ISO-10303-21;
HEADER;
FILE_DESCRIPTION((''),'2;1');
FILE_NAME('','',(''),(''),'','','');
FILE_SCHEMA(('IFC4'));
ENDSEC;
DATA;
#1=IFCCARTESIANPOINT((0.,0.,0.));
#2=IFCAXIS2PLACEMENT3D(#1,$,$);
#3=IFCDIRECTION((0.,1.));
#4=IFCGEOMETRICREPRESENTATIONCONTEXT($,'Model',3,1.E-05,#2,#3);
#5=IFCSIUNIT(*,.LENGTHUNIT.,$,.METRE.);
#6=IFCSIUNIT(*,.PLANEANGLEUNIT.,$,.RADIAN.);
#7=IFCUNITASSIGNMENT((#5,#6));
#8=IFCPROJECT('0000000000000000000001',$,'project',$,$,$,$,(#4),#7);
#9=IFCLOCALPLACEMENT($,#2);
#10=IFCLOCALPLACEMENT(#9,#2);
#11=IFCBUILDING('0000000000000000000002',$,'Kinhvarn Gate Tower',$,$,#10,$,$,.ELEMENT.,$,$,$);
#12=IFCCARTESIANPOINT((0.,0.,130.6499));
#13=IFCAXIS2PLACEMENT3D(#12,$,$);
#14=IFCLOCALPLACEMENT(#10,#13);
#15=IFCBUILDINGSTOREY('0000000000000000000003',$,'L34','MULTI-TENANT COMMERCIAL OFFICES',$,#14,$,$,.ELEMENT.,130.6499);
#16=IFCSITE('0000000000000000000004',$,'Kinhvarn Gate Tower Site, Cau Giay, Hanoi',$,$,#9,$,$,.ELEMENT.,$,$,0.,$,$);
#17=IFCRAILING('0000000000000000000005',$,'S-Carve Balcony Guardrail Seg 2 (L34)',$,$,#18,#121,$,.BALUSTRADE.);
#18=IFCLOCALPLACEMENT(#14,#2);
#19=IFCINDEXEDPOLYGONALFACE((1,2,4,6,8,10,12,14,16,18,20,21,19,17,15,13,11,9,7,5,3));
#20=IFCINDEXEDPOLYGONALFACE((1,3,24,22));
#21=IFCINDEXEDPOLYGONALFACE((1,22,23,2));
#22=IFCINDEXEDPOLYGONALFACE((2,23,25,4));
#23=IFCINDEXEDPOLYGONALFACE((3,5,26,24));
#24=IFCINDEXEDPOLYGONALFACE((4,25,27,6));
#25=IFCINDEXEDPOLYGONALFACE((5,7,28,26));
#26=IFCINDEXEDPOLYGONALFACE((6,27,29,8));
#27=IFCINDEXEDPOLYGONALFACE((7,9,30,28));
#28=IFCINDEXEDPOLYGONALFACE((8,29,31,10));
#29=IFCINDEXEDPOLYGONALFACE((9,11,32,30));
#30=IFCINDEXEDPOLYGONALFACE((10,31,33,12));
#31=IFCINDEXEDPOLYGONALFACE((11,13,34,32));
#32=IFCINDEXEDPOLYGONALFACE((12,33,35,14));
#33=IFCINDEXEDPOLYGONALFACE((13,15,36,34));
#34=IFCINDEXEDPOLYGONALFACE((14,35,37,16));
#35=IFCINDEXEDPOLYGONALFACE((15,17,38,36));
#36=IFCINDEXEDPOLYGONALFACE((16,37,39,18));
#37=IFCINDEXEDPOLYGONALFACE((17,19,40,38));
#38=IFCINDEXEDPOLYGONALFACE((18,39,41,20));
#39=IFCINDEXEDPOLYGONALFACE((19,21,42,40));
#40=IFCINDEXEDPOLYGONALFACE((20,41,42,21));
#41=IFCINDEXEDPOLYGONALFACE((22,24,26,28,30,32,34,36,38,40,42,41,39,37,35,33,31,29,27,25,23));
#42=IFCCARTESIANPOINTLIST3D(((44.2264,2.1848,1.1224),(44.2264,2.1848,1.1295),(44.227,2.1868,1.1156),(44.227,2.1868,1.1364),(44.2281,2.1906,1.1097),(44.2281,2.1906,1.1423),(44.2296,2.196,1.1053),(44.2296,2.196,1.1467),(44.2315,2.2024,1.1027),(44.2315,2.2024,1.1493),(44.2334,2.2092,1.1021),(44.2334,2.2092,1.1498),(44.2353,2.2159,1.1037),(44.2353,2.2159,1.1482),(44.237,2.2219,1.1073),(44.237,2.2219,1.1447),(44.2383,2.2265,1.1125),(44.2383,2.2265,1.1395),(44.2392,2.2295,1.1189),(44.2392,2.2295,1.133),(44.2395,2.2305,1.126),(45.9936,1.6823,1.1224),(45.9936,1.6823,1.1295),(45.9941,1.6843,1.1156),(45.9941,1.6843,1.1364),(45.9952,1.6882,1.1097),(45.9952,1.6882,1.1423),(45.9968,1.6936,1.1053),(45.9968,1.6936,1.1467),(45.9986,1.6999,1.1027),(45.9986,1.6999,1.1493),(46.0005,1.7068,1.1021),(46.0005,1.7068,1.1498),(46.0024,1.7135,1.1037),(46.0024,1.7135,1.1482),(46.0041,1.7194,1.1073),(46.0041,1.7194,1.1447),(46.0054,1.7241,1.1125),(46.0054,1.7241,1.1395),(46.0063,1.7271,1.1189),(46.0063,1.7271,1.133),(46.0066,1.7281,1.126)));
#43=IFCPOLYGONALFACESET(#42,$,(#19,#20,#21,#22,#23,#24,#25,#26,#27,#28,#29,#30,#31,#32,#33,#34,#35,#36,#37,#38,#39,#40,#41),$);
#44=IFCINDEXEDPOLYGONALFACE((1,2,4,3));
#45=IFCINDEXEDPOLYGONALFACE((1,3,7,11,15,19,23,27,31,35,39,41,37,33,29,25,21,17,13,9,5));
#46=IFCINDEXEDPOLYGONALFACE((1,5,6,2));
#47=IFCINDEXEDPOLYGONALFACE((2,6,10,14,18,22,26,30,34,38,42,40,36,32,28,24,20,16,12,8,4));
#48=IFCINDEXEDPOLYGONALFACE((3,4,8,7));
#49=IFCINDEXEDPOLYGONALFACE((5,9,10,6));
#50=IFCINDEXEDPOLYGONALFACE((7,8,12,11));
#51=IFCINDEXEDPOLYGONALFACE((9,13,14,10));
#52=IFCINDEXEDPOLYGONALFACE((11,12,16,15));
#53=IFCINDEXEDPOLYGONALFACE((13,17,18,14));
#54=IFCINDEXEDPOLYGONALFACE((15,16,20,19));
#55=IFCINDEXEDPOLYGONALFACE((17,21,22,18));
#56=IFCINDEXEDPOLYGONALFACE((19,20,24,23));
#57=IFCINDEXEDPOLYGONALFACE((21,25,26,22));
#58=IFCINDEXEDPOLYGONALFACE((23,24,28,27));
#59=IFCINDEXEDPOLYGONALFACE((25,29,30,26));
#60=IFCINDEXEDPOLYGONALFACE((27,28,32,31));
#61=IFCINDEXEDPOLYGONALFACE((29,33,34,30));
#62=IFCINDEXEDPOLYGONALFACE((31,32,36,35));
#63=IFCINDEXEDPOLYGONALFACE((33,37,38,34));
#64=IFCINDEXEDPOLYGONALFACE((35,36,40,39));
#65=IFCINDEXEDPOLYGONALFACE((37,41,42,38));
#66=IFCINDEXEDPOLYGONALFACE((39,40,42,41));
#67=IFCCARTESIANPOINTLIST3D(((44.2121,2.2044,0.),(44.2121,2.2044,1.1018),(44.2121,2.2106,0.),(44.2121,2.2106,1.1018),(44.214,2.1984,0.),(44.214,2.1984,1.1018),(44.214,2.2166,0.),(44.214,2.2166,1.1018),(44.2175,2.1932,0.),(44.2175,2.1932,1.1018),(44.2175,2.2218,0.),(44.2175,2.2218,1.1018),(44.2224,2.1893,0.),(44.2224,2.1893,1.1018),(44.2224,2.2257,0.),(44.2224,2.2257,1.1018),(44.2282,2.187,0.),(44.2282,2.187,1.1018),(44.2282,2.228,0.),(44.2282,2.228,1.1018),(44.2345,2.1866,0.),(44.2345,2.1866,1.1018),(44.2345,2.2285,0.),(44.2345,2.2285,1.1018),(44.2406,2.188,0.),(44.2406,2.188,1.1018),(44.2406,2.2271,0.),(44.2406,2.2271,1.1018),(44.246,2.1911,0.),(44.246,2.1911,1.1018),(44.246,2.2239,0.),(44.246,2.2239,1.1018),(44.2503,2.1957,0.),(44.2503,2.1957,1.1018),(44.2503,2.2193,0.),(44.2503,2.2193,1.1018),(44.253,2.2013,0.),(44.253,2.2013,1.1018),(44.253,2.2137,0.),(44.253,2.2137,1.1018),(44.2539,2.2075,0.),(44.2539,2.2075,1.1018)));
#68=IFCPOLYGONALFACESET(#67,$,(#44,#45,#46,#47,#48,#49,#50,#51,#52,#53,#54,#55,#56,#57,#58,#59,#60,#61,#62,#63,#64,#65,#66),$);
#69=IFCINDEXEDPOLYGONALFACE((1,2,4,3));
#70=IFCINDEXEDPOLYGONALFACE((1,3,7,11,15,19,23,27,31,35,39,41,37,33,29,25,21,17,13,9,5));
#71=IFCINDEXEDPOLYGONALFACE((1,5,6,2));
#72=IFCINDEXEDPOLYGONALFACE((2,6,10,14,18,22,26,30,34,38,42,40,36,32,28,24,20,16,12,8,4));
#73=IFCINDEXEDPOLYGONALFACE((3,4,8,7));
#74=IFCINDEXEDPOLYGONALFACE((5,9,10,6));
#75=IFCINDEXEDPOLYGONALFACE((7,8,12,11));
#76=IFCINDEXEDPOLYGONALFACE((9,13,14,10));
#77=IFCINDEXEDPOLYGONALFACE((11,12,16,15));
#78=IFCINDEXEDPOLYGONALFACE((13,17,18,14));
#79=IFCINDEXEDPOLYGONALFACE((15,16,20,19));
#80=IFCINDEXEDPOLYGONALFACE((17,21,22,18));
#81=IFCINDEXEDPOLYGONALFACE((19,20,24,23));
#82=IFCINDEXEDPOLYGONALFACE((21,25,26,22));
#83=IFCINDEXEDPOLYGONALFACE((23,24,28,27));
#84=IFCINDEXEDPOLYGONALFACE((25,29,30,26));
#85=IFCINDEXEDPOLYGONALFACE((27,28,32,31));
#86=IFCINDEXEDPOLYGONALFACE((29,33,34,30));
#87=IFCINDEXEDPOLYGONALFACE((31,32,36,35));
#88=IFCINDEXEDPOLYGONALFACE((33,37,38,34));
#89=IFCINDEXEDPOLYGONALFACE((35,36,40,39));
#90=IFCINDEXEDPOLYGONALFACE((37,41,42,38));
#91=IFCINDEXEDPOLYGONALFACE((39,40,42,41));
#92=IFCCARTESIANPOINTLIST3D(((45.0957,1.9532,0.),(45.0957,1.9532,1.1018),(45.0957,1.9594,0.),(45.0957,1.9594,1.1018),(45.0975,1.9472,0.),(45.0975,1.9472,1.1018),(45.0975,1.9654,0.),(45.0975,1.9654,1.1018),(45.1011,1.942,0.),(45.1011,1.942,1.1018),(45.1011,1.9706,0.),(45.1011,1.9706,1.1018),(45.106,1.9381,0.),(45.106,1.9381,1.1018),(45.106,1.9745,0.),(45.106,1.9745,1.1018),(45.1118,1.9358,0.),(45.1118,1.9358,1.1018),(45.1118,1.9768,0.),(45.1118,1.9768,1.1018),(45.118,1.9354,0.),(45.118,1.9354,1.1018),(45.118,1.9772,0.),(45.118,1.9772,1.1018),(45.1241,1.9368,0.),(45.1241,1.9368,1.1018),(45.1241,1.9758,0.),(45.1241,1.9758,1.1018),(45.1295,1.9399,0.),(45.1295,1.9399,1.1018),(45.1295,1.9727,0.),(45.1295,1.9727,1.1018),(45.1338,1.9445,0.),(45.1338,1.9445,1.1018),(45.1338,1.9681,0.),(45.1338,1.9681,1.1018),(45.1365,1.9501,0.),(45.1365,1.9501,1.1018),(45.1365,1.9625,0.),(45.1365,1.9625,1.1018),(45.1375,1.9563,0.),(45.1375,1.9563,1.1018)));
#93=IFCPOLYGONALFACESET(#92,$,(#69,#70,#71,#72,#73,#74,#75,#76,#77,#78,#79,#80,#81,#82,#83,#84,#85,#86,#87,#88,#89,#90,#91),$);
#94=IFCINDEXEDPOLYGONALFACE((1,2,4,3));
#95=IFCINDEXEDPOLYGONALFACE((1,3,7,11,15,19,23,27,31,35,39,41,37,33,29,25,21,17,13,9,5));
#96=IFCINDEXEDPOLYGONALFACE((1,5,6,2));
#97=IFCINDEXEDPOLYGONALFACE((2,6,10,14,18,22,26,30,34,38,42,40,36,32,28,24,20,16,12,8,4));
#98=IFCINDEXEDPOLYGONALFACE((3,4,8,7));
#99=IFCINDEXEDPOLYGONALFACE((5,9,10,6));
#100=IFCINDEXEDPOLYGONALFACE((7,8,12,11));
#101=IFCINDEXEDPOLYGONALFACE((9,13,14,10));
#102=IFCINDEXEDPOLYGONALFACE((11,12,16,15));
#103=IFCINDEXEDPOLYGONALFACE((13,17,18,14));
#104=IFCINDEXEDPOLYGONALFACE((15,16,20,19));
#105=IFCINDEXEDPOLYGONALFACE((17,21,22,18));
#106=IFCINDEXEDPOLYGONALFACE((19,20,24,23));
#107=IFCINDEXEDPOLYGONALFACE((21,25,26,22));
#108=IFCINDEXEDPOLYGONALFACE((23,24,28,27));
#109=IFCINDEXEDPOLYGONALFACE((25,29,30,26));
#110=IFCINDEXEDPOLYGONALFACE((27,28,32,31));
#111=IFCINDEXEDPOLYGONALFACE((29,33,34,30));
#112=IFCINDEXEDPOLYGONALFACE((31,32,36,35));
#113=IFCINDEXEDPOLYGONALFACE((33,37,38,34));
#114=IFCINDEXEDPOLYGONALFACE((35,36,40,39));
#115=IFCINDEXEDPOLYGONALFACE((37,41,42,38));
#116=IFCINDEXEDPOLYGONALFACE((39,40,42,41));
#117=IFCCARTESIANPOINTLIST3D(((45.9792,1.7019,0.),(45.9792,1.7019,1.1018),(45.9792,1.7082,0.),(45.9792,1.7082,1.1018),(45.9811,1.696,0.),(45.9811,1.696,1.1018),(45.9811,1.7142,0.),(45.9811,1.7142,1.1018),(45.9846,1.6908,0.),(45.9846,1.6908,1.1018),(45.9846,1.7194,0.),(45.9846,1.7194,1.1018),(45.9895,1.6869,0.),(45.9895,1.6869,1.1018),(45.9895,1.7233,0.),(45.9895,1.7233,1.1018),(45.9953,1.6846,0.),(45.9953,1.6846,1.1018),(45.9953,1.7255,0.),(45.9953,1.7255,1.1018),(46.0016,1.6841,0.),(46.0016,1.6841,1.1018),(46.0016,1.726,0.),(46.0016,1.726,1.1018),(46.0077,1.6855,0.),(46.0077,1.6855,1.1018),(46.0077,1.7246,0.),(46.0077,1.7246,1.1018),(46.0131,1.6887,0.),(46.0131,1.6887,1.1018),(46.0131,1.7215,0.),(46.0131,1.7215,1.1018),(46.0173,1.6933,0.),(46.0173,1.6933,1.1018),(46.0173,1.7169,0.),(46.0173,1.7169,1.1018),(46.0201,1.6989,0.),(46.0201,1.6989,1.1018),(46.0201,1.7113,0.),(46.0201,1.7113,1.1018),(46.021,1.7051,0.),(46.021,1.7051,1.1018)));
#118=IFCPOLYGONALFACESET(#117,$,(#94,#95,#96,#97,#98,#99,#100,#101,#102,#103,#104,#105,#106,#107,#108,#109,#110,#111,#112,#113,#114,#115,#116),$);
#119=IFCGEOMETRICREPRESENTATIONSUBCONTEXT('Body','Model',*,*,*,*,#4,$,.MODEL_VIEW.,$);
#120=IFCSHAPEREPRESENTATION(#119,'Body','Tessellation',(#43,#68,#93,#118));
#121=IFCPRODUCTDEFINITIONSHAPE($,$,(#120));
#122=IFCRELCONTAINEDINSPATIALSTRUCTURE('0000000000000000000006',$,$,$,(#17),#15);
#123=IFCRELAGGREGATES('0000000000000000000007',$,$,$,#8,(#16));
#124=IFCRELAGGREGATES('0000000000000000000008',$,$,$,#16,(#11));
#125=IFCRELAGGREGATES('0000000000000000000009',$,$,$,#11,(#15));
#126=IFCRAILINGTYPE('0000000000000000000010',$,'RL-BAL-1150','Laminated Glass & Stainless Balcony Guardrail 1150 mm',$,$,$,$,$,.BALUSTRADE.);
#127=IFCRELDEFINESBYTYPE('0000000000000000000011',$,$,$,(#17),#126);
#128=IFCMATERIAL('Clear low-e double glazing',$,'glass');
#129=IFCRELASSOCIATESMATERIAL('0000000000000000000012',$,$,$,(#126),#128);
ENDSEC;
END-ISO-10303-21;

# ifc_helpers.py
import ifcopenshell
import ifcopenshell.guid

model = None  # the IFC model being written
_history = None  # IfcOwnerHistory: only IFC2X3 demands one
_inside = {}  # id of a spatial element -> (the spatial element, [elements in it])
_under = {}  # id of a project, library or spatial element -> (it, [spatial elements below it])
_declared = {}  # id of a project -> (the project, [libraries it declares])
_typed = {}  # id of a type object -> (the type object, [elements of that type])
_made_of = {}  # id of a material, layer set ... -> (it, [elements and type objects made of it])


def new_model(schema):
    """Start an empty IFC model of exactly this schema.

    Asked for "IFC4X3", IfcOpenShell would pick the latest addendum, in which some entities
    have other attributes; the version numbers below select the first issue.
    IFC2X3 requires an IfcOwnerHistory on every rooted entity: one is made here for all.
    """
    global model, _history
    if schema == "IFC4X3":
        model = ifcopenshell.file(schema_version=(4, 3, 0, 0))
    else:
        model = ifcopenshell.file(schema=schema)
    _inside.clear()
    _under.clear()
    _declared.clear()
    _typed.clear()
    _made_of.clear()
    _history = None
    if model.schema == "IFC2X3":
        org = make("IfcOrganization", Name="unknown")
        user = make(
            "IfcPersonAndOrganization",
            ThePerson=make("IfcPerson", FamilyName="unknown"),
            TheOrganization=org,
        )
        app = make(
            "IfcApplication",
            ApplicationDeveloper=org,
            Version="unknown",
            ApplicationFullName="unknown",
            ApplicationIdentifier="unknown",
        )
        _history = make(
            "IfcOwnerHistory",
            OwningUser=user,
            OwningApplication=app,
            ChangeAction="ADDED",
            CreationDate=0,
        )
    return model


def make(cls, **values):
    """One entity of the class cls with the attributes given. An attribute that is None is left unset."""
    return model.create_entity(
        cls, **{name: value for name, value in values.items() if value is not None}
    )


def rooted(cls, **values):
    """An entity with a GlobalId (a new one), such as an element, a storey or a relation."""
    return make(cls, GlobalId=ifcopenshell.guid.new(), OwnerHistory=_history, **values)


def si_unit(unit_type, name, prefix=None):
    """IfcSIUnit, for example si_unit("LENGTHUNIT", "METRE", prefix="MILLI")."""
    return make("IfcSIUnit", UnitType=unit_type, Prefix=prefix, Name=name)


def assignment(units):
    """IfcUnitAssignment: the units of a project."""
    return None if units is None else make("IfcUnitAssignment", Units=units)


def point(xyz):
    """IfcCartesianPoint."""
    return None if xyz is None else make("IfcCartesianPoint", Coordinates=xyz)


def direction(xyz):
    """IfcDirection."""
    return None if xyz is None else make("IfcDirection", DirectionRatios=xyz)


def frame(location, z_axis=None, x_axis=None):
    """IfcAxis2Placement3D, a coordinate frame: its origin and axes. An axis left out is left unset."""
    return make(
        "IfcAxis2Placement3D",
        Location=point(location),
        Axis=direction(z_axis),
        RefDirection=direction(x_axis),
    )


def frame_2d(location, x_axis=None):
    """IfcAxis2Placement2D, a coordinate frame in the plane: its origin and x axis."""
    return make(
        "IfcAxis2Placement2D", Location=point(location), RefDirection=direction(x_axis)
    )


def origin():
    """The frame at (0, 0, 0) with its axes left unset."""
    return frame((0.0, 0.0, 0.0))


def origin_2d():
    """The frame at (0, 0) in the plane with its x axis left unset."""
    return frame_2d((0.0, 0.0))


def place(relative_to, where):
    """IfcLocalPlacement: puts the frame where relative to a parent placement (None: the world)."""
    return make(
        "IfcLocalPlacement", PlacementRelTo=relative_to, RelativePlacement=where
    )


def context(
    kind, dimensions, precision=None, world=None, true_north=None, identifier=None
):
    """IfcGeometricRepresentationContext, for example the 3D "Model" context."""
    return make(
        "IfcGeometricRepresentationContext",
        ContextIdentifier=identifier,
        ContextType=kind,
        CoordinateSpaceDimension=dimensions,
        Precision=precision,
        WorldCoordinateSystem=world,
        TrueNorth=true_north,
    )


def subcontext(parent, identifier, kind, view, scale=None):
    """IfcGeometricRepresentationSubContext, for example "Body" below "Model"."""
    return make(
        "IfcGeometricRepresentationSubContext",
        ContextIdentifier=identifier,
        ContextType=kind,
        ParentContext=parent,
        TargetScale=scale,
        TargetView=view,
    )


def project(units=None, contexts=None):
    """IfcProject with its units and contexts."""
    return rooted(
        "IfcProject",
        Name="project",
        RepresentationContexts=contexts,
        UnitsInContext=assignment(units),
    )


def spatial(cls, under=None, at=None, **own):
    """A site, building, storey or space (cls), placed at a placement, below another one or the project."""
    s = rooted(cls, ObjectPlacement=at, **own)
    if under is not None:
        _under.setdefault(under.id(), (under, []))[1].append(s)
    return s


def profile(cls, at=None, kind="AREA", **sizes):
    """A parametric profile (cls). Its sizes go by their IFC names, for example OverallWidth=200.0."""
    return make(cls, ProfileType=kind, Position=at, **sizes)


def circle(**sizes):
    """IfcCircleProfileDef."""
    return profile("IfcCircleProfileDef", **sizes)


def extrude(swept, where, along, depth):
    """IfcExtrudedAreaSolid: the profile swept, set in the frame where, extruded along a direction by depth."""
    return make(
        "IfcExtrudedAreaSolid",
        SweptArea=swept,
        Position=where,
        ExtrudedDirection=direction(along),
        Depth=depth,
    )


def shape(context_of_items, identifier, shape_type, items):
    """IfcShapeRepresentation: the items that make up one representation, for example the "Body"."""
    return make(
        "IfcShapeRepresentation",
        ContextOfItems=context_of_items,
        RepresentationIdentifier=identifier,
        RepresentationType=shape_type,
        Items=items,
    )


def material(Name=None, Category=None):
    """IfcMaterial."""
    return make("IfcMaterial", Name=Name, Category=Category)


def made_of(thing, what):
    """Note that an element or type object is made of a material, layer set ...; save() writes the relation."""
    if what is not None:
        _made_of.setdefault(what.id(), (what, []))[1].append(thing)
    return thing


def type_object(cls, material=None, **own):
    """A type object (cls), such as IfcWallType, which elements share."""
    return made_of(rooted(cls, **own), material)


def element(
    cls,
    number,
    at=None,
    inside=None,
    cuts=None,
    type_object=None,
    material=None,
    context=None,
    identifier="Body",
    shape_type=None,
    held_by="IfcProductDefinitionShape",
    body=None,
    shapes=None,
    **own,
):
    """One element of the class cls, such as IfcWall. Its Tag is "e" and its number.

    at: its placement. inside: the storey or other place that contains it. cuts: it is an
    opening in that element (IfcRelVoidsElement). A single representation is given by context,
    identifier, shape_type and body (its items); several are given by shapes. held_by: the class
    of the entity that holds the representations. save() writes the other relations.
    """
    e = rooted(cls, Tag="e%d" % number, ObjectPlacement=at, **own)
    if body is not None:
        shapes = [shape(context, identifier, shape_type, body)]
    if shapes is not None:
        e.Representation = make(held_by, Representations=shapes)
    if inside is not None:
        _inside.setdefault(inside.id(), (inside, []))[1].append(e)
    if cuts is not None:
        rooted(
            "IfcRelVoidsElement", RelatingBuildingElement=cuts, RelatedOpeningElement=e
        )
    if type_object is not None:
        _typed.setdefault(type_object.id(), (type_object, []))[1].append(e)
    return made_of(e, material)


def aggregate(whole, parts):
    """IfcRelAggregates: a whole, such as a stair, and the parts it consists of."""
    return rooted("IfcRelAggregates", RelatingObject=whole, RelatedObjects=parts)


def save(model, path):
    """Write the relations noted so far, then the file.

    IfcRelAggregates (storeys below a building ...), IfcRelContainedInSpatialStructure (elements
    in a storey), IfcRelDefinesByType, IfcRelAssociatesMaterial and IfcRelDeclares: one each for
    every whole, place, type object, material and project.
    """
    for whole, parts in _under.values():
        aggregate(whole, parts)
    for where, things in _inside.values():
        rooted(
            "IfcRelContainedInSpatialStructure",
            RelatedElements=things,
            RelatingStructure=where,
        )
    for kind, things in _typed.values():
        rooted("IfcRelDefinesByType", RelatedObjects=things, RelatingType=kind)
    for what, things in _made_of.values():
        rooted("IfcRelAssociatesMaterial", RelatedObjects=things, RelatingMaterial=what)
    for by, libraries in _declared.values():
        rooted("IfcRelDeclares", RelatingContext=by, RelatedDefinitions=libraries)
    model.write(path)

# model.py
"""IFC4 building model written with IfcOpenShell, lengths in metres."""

from ifc_helpers import new_model, si_unit, direction, frame, origin, origin_2d, place, context, subcontext, project, spatial, circle, extrude, material, type_object, element, save


model = new_model("IFC4")

# Units and contexts
model_context = context("Model", 3, precision=1e-05, world=origin(), true_north=direction((0.0, 1.0)))
body_context = subcontext(model_context, "Body", "Model", "MODEL_VIEW")
ifc_project = project(units=[si_unit("LENGTHUNIT", "METRE"), si_unit("PLANEANGLEUNIT", "RADIAN")], contexts=[model_context])

# Site, building, storey
site_placement = place(None, origin())
site = spatial("IfcSite", under=ifc_project, at=site_placement, Name="Kinhvarn Gate Tower Site, Cau Giay, Hanoi", CompositionType="ELEMENT", RefElevation=0.0)
building_placement = place(site_placement, origin())
building = spatial("IfcBuilding", under=site, at=building_placement, Name="Kinhvarn Gate Tower", CompositionType="ELEMENT")
storey_placement = place(building_placement, frame((0.0, 0.0, 130.6499)))
storey = spatial("IfcBuildingStorey", under=building, at=storey_placement, Name="L34", Description="MULTI-TENANT COMMERCIAL OFFICES", CompositionType="ELEMENT", Elevation=130.6499)

# Shared definitions
ifc_material_1 = material(Name="Clear low-e double glazing", Category="glass")

# Railing
railing_type = type_object("IfcRailingType", Name="RL-BAL-1150", Description="Laminated Glass & Stainless Balcony Guardrail 1150 mm", PredefinedType="BALUSTRADE", material=ifc_material_1)
railing_1_placement = place(storey_placement, frame((44.2329, 2.2075, 0.0)))
element("IfcRailing", 1, at=railing_1_placement, inside=storey, type_object=railing_type, Name="S-Carve Balcony Guardrail Seg 2 (L34)", PredefinedType="BALUSTRADE", context=body_context, shape_type="SweptSolid", body=[
    extrude(circle(Radius=0.0239, at=origin_2d()), frame((0.0, 0.0, 1.126), z_axis=(0.961874, -0.273492, 0.0), x_axis=(0.273492, 0.961874, 0.0)), (0.0, 0.0, 1.0), 1.8372),
    extrude(circle(Radius=0.021, at=origin_2d()), origin(), (0.0, 0.0, 1.0), 1.1018),
    extrude(circle(Radius=0.021, at=origin_2d()), frame((0.8835, -0.2512, 0.0)), (0.0, 0.0, 1.0), 1.1018),
    extrude(circle(Radius=0.021, at=origin_2d()), frame((1.7671, -0.5024, 0.0)), (0.0, 0.0, 1.0), 1.1018),
])

save(model, "model.ifc")
